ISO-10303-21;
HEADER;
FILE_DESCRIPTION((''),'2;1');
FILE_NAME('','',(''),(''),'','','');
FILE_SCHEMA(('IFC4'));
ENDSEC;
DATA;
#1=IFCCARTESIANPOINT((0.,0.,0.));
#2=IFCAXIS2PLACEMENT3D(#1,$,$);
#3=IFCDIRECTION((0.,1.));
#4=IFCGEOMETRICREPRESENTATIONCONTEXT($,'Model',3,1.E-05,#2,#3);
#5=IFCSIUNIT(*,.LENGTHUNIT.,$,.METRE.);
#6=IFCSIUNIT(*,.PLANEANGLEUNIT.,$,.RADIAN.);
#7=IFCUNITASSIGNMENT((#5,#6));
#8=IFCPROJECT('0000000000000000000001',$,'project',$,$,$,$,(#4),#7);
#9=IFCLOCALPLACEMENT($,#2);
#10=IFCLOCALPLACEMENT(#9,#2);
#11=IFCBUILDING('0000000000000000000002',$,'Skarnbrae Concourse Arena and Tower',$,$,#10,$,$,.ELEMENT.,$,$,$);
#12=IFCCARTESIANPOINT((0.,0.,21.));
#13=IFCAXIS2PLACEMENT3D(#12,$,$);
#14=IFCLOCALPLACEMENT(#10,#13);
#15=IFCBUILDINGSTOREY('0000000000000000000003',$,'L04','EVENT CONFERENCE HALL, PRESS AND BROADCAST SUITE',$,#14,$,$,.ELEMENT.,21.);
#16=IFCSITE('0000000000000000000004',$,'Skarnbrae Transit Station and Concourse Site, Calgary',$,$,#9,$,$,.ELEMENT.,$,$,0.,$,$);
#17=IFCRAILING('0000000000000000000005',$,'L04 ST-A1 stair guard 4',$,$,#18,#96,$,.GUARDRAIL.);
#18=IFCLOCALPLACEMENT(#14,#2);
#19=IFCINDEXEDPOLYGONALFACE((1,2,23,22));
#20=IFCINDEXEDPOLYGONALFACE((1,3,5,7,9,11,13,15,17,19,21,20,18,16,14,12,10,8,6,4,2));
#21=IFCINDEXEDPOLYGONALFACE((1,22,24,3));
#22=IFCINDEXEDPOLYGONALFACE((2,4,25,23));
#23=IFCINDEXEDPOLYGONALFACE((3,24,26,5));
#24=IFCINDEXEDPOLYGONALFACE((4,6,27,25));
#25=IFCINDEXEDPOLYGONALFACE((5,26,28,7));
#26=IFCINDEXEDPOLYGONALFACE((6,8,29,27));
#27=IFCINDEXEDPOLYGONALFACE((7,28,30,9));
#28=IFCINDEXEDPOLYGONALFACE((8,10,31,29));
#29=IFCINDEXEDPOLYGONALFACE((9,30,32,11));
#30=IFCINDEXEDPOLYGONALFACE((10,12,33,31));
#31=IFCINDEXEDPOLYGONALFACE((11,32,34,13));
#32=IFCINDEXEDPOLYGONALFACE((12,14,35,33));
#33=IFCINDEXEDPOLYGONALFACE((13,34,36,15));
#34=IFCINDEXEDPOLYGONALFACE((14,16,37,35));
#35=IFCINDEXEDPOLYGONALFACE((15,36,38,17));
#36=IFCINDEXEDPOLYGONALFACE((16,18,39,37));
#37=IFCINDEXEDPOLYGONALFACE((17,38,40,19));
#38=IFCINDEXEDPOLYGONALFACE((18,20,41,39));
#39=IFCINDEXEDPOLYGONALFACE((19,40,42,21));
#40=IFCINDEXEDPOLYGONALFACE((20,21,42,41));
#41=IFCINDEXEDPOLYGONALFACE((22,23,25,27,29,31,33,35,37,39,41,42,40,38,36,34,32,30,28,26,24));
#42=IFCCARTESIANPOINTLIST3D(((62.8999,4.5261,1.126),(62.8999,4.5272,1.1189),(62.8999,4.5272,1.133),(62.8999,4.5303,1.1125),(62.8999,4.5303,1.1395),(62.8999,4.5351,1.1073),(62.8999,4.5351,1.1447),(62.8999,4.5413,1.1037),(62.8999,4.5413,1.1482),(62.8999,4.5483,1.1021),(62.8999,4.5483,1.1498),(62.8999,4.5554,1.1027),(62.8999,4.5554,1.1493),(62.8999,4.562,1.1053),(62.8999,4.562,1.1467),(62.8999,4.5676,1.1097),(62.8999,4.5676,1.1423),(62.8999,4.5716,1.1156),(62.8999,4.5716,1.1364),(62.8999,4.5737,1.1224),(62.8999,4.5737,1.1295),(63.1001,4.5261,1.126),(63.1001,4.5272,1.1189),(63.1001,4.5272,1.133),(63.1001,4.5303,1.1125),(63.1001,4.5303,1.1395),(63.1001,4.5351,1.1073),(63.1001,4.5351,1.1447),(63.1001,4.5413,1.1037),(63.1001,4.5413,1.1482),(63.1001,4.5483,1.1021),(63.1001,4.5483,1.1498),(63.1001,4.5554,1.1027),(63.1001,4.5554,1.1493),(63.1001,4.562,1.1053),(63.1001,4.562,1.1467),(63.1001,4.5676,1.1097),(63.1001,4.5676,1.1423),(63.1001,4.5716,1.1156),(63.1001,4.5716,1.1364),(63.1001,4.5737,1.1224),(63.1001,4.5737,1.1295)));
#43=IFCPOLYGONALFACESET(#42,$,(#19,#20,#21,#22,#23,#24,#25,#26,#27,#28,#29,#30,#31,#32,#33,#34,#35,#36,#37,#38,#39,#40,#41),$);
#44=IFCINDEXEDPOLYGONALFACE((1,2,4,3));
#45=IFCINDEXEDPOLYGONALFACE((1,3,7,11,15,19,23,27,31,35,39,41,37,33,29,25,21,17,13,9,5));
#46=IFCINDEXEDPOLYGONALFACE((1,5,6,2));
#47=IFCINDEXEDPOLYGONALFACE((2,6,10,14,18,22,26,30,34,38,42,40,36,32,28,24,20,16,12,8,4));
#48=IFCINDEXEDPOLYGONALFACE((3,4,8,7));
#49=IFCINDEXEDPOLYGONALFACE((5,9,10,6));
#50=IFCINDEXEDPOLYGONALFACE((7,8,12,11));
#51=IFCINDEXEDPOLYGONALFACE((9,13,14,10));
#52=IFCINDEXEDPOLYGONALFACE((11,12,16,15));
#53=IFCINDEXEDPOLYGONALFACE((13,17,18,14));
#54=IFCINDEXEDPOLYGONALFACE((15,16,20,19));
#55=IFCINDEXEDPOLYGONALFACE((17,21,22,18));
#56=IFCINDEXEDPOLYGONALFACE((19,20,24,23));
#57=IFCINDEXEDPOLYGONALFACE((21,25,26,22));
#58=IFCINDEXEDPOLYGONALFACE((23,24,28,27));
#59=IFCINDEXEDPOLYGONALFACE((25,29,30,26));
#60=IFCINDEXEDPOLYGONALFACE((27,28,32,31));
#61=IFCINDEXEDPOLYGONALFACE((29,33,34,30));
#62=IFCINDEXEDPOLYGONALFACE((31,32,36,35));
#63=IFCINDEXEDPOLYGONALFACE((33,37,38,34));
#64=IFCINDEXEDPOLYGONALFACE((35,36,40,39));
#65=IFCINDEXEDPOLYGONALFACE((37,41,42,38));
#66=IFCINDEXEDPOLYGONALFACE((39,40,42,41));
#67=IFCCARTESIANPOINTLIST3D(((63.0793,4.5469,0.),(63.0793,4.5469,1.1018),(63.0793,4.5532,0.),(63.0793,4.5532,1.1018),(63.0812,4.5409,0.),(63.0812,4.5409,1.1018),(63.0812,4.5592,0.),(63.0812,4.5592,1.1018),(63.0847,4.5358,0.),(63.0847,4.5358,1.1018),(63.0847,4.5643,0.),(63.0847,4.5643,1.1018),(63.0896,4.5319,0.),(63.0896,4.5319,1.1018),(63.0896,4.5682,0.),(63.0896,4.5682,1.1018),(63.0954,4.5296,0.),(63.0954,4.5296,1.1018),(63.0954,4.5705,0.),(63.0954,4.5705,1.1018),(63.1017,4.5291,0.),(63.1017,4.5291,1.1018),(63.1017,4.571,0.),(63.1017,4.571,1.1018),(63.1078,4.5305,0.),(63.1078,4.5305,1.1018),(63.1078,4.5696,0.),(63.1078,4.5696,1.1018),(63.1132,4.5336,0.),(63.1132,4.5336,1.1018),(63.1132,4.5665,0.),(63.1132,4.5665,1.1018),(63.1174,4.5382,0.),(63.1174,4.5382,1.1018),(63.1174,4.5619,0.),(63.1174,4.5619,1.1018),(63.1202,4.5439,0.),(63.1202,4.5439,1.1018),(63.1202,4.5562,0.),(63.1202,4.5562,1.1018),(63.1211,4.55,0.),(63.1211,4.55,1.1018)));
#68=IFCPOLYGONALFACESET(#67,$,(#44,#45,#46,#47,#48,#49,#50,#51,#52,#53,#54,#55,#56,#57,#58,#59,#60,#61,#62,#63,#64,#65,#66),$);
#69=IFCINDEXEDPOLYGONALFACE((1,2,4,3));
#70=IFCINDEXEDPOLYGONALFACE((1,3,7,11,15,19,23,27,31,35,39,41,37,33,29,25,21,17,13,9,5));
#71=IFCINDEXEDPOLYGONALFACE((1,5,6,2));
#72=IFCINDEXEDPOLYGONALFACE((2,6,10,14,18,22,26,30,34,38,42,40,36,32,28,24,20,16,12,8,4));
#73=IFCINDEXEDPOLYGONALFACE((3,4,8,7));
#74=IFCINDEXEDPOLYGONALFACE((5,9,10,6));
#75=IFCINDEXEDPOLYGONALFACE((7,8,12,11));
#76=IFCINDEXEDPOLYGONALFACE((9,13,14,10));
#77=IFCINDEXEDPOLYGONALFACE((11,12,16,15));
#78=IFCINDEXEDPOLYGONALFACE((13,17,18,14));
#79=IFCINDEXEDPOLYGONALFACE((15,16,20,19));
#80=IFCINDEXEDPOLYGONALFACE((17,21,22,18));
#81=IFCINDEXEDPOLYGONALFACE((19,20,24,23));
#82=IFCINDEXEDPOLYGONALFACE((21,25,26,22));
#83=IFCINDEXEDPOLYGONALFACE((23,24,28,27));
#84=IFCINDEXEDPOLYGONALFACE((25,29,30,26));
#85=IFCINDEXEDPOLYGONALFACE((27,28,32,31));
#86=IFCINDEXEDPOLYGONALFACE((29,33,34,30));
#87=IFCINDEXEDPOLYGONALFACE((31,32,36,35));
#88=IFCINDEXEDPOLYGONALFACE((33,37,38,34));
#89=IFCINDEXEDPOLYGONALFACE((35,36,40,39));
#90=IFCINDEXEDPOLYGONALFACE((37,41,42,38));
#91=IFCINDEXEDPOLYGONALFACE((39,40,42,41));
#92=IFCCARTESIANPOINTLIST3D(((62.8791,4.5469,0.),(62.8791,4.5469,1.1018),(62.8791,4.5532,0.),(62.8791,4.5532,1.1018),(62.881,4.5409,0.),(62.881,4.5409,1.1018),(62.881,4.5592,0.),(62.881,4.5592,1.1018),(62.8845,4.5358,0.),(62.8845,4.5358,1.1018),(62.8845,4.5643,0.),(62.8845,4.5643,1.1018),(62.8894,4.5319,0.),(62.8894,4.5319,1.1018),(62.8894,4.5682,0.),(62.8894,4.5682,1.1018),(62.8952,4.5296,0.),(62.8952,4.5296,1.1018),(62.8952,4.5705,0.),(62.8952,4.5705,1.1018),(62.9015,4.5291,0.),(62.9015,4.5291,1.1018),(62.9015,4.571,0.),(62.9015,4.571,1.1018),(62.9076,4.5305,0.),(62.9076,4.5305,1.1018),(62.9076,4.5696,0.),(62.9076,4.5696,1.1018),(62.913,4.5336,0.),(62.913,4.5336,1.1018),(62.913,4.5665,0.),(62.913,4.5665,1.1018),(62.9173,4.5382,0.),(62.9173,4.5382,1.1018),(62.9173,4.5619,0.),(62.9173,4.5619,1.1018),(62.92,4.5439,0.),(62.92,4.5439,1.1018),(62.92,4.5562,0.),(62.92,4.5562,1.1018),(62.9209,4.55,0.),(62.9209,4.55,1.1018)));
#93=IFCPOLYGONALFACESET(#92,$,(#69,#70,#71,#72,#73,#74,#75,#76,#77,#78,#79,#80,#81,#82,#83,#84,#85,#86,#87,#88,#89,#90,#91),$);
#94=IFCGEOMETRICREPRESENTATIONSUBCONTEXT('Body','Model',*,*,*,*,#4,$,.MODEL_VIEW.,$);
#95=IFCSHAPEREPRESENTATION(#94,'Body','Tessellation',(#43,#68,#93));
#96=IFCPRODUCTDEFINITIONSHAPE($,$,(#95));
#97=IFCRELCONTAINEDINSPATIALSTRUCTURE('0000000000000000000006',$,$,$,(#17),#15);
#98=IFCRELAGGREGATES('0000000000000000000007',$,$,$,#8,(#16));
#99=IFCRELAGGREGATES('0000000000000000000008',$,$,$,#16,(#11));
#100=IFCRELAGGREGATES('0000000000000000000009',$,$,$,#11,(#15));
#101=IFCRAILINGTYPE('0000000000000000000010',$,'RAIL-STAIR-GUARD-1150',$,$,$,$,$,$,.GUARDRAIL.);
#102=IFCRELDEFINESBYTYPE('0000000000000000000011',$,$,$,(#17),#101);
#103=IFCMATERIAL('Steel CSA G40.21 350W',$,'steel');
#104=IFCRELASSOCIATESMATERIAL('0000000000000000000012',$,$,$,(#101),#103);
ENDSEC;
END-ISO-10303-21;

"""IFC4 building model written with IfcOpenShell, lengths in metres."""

from ifc_helpers import new_model, si_unit, direction, frame, origin, origin_2d, place, context, subcontext, project, spatial, circle, extrude, material, type_object, element, save


model = new_model("IFC4")

# Units and contexts
model_context = context("Model", 3, precision=1e-05, world=origin(), true_north=direction((0.0, 1.0)))
body_context = subcontext(model_context, "Body", "Model", "MODEL_VIEW")
ifc_project = project(units=[si_unit("LENGTHUNIT", "METRE"), si_unit("PLANEANGLEUNIT", "RADIAN")], contexts=[model_context])

# Site, building, storey
site_placement = place(None, origin())
site = spatial("IfcSite", under=ifc_project, at=site_placement, Name="Skarnbrae Transit Station and Concourse Site, Calgary", CompositionType="ELEMENT", RefElevation=0.0)
building_placement = place(site_placement, origin())
building = spatial("IfcBuilding", under=site, at=building_placement, Name="Skarnbrae Concourse Arena and Tower", CompositionType="ELEMENT")
storey_placement = place(building_placement, frame((0.0, 0.0, 21.0)))
storey = spatial("IfcBuildingStorey", under=building, at=storey_placement, Name="L04", Description="EVENT CONFERENCE HALL, PRESS AND BROADCAST SUITE", CompositionType="ELEMENT", Elevation=21.0)

# Shared definitions
ifc_material_1 = material(Name="Steel CSA G40.21 350W", Category="steel")

# Railing
railing_type_1 = type_object("IfcRailingType", Name="RAIL-STAIR-GUARD-1150", PredefinedType="GUARDRAIL", material=ifc_material_1)
railing_1_placement = place(storey_placement, frame((63.1001, 4.55, 0.0)))
element("IfcRailing", 1, at=railing_1_placement, inside=storey, type_object=railing_type_1, Name="L04 ST-A1 stair guard 4", PredefinedType="GUARDRAIL", context=body_context, shape_type="SweptSolid", body=[
    extrude(circle(Radius=0.0239, at=origin_2d()), frame((0.0, 0.0, 1.126), z_axis=(-1.0, 0.0, 0.0), x_axis=(0.0, -1.0, 0.0)), (0.0, 0.0, 1.0), 0.2002),
    extrude(circle(Radius=0.021, at=origin_2d()), origin(), (0.0, 0.0, 1.0), 1.1018),
    extrude(circle(Radius=0.021, at=origin_2d()), frame((-0.2002, 0.0, 0.0)), (0.0, 0.0, 1.0), 1.1018),
])

save(model, "model.ifc")
